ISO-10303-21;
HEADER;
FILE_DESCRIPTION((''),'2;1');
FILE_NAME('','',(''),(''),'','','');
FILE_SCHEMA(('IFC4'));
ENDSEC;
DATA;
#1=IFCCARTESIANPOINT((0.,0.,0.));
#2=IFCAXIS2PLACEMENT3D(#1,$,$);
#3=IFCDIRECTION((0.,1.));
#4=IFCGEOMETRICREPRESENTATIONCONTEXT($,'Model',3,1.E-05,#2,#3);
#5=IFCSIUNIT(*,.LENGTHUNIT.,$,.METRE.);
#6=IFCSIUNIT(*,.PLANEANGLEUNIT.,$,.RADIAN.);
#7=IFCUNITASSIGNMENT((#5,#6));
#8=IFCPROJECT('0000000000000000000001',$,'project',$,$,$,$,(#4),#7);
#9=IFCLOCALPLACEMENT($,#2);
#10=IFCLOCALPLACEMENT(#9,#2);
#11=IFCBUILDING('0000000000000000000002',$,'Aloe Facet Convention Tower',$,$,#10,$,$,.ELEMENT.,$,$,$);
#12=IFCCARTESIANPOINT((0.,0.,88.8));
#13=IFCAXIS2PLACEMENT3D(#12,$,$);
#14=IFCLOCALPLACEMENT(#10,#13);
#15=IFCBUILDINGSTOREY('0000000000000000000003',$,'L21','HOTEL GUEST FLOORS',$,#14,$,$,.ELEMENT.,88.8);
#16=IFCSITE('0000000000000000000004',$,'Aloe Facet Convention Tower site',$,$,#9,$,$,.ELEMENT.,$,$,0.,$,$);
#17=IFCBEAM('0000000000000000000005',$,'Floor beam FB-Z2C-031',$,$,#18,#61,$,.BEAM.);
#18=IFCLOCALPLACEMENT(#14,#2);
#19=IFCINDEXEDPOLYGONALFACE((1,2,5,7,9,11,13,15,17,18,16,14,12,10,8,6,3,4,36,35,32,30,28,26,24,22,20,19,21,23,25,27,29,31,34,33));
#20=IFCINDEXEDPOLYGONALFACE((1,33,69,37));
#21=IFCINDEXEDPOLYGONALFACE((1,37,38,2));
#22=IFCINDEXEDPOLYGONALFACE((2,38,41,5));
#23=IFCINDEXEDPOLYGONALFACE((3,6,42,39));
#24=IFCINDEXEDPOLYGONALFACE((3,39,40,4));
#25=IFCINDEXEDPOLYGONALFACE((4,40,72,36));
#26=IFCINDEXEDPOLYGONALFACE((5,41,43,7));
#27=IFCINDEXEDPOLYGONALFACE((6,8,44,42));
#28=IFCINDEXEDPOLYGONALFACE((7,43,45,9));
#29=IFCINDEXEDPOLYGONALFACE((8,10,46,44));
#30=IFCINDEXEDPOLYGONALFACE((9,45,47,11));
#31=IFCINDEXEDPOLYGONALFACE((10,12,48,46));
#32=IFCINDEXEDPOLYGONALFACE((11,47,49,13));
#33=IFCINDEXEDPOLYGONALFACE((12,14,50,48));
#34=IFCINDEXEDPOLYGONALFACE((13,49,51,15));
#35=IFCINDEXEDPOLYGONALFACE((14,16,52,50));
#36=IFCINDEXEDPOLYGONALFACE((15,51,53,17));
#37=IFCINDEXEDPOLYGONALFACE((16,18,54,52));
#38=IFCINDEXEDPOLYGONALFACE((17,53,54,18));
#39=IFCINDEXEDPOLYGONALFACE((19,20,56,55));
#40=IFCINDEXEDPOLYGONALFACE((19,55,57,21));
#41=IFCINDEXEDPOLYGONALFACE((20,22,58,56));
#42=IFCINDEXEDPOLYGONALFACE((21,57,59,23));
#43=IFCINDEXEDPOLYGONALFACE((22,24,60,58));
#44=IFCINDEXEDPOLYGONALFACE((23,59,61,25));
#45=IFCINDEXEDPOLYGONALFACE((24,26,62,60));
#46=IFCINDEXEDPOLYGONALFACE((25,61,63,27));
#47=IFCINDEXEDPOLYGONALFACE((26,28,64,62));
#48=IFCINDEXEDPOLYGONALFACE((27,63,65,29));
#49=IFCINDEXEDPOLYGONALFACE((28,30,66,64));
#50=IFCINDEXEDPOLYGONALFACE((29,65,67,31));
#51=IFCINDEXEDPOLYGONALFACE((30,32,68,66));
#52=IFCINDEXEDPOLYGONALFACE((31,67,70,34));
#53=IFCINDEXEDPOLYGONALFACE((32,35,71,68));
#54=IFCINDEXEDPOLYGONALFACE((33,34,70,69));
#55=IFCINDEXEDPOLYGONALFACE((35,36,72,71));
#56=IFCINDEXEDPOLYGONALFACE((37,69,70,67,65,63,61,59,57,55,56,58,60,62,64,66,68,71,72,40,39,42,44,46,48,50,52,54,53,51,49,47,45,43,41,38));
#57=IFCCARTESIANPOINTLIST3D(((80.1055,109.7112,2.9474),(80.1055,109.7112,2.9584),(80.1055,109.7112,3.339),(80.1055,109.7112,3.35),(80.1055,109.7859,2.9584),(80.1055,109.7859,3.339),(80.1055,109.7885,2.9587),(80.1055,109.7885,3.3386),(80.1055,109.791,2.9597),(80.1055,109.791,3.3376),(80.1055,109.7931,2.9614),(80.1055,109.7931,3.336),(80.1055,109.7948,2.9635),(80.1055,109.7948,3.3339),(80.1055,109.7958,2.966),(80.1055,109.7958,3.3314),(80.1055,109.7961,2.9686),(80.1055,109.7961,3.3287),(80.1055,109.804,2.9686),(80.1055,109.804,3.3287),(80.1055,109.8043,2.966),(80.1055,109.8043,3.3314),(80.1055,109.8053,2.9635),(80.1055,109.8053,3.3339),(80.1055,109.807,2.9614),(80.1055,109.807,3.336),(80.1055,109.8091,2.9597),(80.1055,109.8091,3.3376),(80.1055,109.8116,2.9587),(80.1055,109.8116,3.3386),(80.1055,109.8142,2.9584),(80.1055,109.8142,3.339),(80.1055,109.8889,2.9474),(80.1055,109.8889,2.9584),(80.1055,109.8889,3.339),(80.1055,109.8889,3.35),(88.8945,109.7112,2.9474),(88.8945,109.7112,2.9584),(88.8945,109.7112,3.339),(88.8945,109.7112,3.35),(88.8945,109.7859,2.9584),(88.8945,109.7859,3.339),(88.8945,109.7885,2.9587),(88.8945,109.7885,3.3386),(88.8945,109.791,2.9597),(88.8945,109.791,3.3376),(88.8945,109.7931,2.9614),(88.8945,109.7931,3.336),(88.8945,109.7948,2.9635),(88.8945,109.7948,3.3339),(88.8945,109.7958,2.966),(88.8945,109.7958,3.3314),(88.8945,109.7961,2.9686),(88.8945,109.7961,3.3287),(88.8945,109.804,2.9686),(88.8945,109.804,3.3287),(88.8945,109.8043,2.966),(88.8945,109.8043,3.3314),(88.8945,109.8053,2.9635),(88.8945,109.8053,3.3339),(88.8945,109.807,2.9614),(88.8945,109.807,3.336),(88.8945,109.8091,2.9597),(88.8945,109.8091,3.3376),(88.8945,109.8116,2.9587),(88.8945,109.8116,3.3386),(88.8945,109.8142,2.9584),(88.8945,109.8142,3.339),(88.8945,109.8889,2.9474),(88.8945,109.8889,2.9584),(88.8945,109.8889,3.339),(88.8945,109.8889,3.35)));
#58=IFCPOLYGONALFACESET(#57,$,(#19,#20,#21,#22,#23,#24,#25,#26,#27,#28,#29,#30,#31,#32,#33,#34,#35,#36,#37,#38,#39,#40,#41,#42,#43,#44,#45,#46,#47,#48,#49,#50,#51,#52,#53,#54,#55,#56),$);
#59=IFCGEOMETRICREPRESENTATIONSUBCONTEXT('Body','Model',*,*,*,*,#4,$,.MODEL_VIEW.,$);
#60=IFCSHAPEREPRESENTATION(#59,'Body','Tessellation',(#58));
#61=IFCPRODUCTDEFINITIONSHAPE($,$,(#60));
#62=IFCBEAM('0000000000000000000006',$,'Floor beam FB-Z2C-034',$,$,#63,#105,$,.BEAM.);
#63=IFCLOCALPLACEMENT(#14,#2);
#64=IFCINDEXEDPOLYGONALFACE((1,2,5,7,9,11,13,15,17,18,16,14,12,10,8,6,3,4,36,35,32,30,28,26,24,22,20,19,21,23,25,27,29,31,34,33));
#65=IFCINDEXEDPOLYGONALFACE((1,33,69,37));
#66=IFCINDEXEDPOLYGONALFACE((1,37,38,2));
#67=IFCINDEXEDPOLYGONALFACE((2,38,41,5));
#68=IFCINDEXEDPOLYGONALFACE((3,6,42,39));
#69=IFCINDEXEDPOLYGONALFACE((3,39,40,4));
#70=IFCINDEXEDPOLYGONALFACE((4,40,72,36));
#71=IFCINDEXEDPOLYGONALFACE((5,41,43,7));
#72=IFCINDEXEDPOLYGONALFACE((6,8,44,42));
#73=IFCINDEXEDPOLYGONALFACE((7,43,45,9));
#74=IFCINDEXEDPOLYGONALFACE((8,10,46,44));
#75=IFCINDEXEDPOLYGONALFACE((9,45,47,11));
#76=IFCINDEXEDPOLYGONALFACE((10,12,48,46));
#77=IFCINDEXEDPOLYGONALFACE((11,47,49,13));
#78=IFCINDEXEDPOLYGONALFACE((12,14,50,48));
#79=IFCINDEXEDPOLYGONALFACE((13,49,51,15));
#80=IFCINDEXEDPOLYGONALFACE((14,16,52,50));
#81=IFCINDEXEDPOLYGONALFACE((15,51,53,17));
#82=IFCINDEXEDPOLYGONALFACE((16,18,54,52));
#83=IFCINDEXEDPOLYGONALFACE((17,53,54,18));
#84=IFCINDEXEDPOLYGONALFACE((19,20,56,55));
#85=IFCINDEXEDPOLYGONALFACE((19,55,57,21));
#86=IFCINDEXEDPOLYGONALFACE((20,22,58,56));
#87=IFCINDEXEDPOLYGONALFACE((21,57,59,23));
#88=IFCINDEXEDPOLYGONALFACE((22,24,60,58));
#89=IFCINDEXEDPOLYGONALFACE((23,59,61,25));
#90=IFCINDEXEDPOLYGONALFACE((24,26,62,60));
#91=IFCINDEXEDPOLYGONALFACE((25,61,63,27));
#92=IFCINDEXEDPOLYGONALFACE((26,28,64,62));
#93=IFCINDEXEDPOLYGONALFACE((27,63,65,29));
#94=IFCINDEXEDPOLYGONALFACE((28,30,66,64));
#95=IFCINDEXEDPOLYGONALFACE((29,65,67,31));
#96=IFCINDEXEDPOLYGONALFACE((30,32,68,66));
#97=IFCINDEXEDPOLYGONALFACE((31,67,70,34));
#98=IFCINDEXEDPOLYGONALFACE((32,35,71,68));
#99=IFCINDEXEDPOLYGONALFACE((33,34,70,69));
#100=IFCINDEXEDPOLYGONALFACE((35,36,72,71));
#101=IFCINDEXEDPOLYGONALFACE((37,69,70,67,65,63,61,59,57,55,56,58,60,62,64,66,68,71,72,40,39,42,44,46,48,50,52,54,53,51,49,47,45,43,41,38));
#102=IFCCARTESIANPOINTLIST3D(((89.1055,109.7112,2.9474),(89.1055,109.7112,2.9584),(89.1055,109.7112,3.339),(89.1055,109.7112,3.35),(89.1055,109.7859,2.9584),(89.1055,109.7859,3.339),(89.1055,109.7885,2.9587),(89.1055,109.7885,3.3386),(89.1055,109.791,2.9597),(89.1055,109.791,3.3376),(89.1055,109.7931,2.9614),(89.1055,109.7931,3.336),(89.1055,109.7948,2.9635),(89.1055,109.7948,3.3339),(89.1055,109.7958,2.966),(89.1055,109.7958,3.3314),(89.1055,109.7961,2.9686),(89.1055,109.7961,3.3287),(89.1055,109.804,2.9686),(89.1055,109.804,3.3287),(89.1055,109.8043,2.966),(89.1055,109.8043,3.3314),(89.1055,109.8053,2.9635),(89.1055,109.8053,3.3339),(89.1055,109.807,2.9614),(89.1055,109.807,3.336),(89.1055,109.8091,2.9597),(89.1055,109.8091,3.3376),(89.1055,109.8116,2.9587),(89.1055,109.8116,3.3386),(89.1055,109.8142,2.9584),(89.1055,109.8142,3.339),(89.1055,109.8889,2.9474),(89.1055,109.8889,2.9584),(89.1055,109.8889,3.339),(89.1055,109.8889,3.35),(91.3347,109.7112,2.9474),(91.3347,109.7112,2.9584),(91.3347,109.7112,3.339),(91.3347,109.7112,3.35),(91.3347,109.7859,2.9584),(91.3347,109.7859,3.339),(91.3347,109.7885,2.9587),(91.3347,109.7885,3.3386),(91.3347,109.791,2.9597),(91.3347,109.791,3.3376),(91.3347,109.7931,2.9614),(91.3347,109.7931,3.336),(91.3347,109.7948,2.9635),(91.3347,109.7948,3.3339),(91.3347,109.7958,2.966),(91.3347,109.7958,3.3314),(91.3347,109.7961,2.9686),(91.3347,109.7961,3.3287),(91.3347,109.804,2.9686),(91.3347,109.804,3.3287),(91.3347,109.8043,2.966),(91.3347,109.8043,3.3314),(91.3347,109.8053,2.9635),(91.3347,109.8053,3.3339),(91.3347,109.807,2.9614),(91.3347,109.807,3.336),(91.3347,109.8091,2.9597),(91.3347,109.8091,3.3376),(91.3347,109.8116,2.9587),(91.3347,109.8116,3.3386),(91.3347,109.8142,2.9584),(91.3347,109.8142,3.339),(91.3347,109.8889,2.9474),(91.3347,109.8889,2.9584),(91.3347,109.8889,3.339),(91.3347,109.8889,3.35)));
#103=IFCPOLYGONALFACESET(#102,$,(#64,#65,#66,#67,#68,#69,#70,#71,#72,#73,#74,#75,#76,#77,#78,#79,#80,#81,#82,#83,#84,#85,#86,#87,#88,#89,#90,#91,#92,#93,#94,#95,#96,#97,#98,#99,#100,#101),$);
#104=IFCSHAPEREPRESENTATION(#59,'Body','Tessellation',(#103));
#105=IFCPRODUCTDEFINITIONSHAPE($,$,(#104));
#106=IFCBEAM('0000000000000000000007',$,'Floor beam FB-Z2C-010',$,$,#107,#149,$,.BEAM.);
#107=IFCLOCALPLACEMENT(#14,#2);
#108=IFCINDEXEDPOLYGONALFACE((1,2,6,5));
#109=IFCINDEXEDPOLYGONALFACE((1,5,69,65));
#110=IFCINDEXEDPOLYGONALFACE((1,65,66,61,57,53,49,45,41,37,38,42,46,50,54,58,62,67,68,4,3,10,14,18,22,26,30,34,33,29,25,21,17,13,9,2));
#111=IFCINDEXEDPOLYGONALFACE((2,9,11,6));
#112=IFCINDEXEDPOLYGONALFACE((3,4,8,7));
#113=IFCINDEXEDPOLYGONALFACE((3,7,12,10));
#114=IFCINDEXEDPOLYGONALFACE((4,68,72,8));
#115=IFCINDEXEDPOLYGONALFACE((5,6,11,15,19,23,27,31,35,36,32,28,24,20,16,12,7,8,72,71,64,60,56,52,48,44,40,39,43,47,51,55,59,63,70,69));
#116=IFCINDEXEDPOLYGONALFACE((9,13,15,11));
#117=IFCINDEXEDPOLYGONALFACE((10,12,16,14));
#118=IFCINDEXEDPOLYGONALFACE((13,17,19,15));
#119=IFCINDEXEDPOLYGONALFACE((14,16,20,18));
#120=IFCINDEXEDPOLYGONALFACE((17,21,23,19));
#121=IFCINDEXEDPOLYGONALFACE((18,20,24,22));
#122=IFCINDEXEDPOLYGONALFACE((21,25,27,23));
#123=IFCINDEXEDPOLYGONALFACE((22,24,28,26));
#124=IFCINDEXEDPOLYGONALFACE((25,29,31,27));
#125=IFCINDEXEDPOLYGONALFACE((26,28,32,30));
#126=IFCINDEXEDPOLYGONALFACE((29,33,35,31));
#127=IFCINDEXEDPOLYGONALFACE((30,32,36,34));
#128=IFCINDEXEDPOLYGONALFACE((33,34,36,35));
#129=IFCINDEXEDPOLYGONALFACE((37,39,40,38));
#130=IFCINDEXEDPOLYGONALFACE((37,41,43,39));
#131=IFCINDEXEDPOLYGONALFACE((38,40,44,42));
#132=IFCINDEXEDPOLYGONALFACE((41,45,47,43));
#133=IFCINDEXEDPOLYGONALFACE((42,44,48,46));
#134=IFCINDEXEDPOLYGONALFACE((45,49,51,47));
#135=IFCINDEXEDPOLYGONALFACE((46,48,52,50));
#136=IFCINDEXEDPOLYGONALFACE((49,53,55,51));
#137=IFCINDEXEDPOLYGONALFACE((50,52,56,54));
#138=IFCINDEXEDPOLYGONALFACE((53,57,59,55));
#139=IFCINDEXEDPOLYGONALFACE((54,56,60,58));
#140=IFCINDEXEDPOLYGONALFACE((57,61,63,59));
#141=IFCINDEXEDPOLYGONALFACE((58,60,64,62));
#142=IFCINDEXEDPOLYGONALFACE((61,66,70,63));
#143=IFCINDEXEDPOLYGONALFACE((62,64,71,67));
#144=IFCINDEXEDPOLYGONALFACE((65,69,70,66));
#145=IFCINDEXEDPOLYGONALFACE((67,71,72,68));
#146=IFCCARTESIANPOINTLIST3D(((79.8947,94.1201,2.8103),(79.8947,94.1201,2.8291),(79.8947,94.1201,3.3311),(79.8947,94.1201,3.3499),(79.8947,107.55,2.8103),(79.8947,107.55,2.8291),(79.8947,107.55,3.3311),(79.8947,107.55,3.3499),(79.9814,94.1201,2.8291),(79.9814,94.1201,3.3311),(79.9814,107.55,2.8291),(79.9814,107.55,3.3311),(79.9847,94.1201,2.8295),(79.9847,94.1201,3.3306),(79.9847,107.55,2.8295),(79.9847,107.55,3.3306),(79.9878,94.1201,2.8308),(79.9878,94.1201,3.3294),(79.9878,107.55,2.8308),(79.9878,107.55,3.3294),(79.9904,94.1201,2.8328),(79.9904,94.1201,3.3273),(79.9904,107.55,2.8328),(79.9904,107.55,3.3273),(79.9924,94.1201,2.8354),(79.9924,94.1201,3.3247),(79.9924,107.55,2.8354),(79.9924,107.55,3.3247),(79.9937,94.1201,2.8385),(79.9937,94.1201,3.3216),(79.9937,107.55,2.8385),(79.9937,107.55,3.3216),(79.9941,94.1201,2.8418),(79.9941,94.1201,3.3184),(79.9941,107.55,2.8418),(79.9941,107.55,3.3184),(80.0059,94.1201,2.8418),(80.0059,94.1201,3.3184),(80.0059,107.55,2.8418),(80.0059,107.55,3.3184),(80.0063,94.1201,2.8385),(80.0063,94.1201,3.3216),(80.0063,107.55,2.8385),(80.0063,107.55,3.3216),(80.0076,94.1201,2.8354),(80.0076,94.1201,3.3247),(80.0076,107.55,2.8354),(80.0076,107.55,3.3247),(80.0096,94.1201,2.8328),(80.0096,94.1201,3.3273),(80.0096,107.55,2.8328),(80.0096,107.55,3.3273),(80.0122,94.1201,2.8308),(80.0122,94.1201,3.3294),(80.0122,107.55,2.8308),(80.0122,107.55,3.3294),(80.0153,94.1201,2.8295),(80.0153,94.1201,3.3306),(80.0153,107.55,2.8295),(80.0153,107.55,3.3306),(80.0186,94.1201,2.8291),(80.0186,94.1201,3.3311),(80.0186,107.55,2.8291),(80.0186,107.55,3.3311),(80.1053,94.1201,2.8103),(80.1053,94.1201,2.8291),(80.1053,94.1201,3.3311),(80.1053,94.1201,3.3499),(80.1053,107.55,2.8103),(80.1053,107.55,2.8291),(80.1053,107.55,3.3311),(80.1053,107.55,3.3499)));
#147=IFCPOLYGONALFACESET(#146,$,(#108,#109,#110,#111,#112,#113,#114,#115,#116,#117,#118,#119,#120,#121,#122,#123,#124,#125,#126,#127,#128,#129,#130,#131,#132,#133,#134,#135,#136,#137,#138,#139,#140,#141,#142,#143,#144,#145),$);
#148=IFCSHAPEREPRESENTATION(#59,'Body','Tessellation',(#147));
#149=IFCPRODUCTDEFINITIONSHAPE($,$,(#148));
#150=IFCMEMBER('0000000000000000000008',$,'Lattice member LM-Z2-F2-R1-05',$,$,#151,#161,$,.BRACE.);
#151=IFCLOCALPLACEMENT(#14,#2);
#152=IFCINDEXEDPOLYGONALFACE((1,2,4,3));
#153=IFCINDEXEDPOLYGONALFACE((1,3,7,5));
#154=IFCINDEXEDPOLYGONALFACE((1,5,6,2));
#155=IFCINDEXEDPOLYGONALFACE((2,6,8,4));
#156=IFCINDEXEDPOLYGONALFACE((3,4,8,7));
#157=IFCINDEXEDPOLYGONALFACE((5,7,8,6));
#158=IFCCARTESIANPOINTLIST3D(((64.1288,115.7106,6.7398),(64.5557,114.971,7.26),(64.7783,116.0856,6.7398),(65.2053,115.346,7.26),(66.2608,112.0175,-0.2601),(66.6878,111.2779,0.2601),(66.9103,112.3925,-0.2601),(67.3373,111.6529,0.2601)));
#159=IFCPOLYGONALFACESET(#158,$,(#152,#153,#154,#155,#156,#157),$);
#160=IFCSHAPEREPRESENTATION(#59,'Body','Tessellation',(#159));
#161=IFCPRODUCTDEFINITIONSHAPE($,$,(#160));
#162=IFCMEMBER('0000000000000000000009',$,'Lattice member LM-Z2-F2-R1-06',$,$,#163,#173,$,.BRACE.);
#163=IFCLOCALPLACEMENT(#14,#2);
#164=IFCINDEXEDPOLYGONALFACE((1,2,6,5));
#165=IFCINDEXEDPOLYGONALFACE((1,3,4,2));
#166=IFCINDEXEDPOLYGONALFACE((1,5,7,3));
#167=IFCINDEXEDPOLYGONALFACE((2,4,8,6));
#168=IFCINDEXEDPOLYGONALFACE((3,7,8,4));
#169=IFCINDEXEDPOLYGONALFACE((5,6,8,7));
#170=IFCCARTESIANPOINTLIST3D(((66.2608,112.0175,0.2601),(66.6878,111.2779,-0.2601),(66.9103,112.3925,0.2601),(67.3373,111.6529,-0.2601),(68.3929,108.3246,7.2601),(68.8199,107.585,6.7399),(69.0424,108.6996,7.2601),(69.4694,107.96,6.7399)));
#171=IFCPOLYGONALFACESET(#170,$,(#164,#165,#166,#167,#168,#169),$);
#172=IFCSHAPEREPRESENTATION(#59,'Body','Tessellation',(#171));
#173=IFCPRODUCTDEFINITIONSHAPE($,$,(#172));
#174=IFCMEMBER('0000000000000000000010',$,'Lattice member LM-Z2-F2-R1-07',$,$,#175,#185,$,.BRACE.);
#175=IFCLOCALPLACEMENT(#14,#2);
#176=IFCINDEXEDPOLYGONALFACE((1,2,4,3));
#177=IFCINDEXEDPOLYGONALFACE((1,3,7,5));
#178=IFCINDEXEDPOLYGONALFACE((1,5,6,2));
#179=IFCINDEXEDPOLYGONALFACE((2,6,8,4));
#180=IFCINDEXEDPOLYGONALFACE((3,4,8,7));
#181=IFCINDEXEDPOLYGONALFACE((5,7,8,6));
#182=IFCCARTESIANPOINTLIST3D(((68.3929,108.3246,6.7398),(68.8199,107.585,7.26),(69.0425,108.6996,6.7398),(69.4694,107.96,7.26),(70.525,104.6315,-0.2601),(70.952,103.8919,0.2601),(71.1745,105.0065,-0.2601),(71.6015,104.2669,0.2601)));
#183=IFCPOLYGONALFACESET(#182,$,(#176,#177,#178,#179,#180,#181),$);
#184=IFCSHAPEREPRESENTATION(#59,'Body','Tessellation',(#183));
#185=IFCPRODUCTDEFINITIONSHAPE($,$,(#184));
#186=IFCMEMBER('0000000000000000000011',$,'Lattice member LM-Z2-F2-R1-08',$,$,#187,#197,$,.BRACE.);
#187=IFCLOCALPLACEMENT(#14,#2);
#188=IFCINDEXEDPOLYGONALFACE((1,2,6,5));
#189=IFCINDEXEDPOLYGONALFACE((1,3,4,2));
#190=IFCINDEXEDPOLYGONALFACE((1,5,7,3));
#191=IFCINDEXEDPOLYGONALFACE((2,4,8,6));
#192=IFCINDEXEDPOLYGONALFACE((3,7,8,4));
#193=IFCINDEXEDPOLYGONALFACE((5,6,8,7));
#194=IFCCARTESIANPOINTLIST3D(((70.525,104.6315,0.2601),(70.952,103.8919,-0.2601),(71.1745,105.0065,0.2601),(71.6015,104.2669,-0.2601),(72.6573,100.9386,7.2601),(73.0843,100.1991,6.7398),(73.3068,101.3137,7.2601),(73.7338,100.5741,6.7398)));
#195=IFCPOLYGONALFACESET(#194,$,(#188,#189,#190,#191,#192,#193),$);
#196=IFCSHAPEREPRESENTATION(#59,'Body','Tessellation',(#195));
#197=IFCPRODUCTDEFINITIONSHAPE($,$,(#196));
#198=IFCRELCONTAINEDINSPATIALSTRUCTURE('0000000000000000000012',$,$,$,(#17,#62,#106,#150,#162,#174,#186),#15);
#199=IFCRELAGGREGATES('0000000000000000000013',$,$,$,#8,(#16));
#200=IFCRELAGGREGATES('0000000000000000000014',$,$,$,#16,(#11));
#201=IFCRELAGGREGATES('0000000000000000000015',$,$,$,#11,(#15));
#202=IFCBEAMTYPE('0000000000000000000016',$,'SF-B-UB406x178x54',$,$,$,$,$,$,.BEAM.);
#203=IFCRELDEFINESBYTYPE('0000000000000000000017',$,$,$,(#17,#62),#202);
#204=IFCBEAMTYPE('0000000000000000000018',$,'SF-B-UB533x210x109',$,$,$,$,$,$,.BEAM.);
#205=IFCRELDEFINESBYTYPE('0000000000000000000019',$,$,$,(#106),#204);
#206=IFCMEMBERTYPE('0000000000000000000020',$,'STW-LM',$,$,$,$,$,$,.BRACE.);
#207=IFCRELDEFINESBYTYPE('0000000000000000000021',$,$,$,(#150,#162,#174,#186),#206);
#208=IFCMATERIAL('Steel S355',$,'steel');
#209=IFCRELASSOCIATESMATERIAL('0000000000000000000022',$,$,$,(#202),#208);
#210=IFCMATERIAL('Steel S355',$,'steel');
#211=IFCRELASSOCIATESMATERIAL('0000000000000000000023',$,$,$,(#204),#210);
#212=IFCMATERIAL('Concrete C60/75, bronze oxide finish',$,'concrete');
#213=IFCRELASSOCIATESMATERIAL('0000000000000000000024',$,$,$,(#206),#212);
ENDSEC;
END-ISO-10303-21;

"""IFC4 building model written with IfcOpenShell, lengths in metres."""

from ifc_helpers import new_model, si_unit, direction, frame, origin, origin_2d, place, context, subcontext, project, spatial, rectangle, i_section, extrude, material, material_profile, profile_set, type_object, element, save


model = new_model("IFC4")

# Units and contexts
model_context = context("Model", 3, precision=1e-05, world=origin(), true_north=direction((0.0, 1.0)))
body_context = subcontext(model_context, "Body", "Model", "MODEL_VIEW")
ifc_project = project(units=[si_unit("LENGTHUNIT", "METRE"), si_unit("PLANEANGLEUNIT", "RADIAN")], contexts=[model_context])

# Site, building, storey
site_placement = place(None, origin())
site = spatial("IfcSite", under=ifc_project, at=site_placement, Name="Aloe Facet Convention Tower site", CompositionType="ELEMENT", RefElevation=0.0)
building_placement = place(site_placement, origin())
building = spatial("IfcBuilding", under=site, at=building_placement, Name="Aloe Facet Convention Tower", CompositionType="ELEMENT")
storey_placement = place(building_placement, frame((0.0, 0.0, 88.8)))
storey = spatial("IfcBuildingStorey", under=building, at=storey_placement, Name="L21", Description="HOTEL GUEST FLOORS", CompositionType="ELEMENT", Elevation=88.8)

# Beams
ifc_material_1 = material(Name="Steel S355", Category="steel")
ifc_material_profile_1 = material_profile(ifc_material_1, i_section(OverallWidth=0.1777, OverallDepth=0.4026, WebThickness=0.0078, FlangeThickness=0.011, FilletRadius=0.0103, at=origin_2d()), Name="UB 406x178x54")
ifc_profile_set_1 = profile_set([ifc_material_profile_1], Name="Steel S355")
beam_type_1 = type_object("IfcBeamType", Name="SF-B-UB406x178x54", PredefinedType="BEAM", material=ifc_profile_set_1)
for number, where, z_axis, x_axis, name in (
    (1, (80.1055, 109.8, 3.1487), (1.0, 0.0, 0.0), (0.0, 1.0, 0.0), "Floor beam FB-Z2C-031"),
):
    element("IfcBeam", number, at=place(storey_placement, frame(where, z_axis=z_axis, x_axis=x_axis)), inside=storey, type_object=beam_type_1, Name=name, PredefinedType="BEAM", context=body_context, shape_type="SweptSolid", body=[
        extrude(i_section(OverallWidth=0.1777, OverallDepth=0.4026, WebThickness=0.0078, FlangeThickness=0.011, FilletRadius=0.0103, at=origin_2d()), origin(), (0.0, 0.0, 1.0), 8.7891),
    ])
beam_1_placement = place(storey_placement, frame((89.1055, 109.8, 3.1487), z_axis=(1.0, 0.0, 0.0), x_axis=(0.0, 1.0, 0.0)))
element("IfcBeam", 2, at=beam_1_placement, inside=storey, type_object=beam_type_1, Name="Floor beam FB-Z2C-034", PredefinedType="BEAM", context=body_context, shape_type="SweptSolid", body=[
    extrude(i_section(OverallWidth=0.1777, OverallDepth=0.4026, WebThickness=0.0078, FlangeThickness=0.011, FilletRadius=0.0103, at=origin_2d()), origin(), (0.0, 0.0, 1.0), 2.2292),
])
ifc_material_2 = material(Name="Steel S355", Category="steel")
ifc_material_profile_2 = material_profile(ifc_material_2, i_section(OverallWidth=0.2107, OverallDepth=0.5396, WebThickness=0.0117, FlangeThickness=0.0188, FilletRadius=0.0127, at=origin_2d()), Name="UB 533x210x109")
ifc_profile_set_2 = profile_set([ifc_material_profile_2], Name="Steel S355")
beam_type_2 = type_object("IfcBeamType", Name="SF-B-UB533x210x109", PredefinedType="BEAM", material=ifc_profile_set_2)
beam_2_placement = place(storey_placement, frame((80.0, 107.55, 3.0801), z_axis=(0.0, -1.0, 0.0), x_axis=(1.0, 0.0, 0.0)))
element("IfcBeam", 3, at=beam_2_placement, inside=storey, type_object=beam_type_2, Name="Floor beam FB-Z2C-010", PredefinedType="BEAM", context=body_context, shape_type="SweptSolid", body=[
    extrude(i_section(OverallWidth=0.2107, OverallDepth=0.5396, WebThickness=0.0117, FlangeThickness=0.0188, FilletRadius=0.0127, at=origin_2d()), origin(), (0.0, 0.0, 1.0), 13.4299),
])

# Members
ifc_material_3 = material(Name="Concrete C60/75, bronze oxide finish", Category="concrete")
ifc_material_profile_3 = material_profile(ifc_material_3, rectangle(XDim=0.75, YDim=1.0, at=origin_2d()), Name="STW-LM")
ifc_profile_set_3 = profile_set([ifc_material_profile_3], Name="Concrete C60/75, bronze oxide finish")
member_type = type_object("IfcMemberType", Name="STW-LM", PredefinedType="BRACE", material=ifc_profile_set_3)
for number, where, z_axis, x_axis, name in (
    (4, (66.7991, 111.8352, 0.0), (-0.260116, 0.450565, 0.854009), (-0.86604, -0.499975, 0.0), "Lattice member LM-Z2-F2-R1-05"),
    (5, (66.7991, 111.8352, 0.0), (0.26012, -0.450541, 0.85402), (0.866025, 0.5, 0.0), "Lattice member LM-Z2-F2-R1-06"),
    (6, (71.0632, 104.4492, 0.0), (-0.260116, 0.450565, 0.854009), (-0.86604, -0.499975, 0.0), "Lattice member LM-Z2-F2-R1-07"),
    (7, (71.0632, 104.4492, 0.0), (0.260148, -0.450537, 0.854014), (0.866001, 0.500043, 0.0), "Lattice member LM-Z2-F2-R1-08"),
):
    element("IfcMember", number, at=place(storey_placement, frame(where, z_axis=z_axis, x_axis=x_axis)), inside=storey, type_object=member_type, Name=name, PredefinedType="BRACE", context=body_context, shape_type="SweptSolid", body=[
        extrude(rectangle(XDim=0.75, YDim=1.0, at=origin_2d()), origin(), (0.0, 0.0, 1.0), 8.1965),
    ])

save(model, "model.ifc")
